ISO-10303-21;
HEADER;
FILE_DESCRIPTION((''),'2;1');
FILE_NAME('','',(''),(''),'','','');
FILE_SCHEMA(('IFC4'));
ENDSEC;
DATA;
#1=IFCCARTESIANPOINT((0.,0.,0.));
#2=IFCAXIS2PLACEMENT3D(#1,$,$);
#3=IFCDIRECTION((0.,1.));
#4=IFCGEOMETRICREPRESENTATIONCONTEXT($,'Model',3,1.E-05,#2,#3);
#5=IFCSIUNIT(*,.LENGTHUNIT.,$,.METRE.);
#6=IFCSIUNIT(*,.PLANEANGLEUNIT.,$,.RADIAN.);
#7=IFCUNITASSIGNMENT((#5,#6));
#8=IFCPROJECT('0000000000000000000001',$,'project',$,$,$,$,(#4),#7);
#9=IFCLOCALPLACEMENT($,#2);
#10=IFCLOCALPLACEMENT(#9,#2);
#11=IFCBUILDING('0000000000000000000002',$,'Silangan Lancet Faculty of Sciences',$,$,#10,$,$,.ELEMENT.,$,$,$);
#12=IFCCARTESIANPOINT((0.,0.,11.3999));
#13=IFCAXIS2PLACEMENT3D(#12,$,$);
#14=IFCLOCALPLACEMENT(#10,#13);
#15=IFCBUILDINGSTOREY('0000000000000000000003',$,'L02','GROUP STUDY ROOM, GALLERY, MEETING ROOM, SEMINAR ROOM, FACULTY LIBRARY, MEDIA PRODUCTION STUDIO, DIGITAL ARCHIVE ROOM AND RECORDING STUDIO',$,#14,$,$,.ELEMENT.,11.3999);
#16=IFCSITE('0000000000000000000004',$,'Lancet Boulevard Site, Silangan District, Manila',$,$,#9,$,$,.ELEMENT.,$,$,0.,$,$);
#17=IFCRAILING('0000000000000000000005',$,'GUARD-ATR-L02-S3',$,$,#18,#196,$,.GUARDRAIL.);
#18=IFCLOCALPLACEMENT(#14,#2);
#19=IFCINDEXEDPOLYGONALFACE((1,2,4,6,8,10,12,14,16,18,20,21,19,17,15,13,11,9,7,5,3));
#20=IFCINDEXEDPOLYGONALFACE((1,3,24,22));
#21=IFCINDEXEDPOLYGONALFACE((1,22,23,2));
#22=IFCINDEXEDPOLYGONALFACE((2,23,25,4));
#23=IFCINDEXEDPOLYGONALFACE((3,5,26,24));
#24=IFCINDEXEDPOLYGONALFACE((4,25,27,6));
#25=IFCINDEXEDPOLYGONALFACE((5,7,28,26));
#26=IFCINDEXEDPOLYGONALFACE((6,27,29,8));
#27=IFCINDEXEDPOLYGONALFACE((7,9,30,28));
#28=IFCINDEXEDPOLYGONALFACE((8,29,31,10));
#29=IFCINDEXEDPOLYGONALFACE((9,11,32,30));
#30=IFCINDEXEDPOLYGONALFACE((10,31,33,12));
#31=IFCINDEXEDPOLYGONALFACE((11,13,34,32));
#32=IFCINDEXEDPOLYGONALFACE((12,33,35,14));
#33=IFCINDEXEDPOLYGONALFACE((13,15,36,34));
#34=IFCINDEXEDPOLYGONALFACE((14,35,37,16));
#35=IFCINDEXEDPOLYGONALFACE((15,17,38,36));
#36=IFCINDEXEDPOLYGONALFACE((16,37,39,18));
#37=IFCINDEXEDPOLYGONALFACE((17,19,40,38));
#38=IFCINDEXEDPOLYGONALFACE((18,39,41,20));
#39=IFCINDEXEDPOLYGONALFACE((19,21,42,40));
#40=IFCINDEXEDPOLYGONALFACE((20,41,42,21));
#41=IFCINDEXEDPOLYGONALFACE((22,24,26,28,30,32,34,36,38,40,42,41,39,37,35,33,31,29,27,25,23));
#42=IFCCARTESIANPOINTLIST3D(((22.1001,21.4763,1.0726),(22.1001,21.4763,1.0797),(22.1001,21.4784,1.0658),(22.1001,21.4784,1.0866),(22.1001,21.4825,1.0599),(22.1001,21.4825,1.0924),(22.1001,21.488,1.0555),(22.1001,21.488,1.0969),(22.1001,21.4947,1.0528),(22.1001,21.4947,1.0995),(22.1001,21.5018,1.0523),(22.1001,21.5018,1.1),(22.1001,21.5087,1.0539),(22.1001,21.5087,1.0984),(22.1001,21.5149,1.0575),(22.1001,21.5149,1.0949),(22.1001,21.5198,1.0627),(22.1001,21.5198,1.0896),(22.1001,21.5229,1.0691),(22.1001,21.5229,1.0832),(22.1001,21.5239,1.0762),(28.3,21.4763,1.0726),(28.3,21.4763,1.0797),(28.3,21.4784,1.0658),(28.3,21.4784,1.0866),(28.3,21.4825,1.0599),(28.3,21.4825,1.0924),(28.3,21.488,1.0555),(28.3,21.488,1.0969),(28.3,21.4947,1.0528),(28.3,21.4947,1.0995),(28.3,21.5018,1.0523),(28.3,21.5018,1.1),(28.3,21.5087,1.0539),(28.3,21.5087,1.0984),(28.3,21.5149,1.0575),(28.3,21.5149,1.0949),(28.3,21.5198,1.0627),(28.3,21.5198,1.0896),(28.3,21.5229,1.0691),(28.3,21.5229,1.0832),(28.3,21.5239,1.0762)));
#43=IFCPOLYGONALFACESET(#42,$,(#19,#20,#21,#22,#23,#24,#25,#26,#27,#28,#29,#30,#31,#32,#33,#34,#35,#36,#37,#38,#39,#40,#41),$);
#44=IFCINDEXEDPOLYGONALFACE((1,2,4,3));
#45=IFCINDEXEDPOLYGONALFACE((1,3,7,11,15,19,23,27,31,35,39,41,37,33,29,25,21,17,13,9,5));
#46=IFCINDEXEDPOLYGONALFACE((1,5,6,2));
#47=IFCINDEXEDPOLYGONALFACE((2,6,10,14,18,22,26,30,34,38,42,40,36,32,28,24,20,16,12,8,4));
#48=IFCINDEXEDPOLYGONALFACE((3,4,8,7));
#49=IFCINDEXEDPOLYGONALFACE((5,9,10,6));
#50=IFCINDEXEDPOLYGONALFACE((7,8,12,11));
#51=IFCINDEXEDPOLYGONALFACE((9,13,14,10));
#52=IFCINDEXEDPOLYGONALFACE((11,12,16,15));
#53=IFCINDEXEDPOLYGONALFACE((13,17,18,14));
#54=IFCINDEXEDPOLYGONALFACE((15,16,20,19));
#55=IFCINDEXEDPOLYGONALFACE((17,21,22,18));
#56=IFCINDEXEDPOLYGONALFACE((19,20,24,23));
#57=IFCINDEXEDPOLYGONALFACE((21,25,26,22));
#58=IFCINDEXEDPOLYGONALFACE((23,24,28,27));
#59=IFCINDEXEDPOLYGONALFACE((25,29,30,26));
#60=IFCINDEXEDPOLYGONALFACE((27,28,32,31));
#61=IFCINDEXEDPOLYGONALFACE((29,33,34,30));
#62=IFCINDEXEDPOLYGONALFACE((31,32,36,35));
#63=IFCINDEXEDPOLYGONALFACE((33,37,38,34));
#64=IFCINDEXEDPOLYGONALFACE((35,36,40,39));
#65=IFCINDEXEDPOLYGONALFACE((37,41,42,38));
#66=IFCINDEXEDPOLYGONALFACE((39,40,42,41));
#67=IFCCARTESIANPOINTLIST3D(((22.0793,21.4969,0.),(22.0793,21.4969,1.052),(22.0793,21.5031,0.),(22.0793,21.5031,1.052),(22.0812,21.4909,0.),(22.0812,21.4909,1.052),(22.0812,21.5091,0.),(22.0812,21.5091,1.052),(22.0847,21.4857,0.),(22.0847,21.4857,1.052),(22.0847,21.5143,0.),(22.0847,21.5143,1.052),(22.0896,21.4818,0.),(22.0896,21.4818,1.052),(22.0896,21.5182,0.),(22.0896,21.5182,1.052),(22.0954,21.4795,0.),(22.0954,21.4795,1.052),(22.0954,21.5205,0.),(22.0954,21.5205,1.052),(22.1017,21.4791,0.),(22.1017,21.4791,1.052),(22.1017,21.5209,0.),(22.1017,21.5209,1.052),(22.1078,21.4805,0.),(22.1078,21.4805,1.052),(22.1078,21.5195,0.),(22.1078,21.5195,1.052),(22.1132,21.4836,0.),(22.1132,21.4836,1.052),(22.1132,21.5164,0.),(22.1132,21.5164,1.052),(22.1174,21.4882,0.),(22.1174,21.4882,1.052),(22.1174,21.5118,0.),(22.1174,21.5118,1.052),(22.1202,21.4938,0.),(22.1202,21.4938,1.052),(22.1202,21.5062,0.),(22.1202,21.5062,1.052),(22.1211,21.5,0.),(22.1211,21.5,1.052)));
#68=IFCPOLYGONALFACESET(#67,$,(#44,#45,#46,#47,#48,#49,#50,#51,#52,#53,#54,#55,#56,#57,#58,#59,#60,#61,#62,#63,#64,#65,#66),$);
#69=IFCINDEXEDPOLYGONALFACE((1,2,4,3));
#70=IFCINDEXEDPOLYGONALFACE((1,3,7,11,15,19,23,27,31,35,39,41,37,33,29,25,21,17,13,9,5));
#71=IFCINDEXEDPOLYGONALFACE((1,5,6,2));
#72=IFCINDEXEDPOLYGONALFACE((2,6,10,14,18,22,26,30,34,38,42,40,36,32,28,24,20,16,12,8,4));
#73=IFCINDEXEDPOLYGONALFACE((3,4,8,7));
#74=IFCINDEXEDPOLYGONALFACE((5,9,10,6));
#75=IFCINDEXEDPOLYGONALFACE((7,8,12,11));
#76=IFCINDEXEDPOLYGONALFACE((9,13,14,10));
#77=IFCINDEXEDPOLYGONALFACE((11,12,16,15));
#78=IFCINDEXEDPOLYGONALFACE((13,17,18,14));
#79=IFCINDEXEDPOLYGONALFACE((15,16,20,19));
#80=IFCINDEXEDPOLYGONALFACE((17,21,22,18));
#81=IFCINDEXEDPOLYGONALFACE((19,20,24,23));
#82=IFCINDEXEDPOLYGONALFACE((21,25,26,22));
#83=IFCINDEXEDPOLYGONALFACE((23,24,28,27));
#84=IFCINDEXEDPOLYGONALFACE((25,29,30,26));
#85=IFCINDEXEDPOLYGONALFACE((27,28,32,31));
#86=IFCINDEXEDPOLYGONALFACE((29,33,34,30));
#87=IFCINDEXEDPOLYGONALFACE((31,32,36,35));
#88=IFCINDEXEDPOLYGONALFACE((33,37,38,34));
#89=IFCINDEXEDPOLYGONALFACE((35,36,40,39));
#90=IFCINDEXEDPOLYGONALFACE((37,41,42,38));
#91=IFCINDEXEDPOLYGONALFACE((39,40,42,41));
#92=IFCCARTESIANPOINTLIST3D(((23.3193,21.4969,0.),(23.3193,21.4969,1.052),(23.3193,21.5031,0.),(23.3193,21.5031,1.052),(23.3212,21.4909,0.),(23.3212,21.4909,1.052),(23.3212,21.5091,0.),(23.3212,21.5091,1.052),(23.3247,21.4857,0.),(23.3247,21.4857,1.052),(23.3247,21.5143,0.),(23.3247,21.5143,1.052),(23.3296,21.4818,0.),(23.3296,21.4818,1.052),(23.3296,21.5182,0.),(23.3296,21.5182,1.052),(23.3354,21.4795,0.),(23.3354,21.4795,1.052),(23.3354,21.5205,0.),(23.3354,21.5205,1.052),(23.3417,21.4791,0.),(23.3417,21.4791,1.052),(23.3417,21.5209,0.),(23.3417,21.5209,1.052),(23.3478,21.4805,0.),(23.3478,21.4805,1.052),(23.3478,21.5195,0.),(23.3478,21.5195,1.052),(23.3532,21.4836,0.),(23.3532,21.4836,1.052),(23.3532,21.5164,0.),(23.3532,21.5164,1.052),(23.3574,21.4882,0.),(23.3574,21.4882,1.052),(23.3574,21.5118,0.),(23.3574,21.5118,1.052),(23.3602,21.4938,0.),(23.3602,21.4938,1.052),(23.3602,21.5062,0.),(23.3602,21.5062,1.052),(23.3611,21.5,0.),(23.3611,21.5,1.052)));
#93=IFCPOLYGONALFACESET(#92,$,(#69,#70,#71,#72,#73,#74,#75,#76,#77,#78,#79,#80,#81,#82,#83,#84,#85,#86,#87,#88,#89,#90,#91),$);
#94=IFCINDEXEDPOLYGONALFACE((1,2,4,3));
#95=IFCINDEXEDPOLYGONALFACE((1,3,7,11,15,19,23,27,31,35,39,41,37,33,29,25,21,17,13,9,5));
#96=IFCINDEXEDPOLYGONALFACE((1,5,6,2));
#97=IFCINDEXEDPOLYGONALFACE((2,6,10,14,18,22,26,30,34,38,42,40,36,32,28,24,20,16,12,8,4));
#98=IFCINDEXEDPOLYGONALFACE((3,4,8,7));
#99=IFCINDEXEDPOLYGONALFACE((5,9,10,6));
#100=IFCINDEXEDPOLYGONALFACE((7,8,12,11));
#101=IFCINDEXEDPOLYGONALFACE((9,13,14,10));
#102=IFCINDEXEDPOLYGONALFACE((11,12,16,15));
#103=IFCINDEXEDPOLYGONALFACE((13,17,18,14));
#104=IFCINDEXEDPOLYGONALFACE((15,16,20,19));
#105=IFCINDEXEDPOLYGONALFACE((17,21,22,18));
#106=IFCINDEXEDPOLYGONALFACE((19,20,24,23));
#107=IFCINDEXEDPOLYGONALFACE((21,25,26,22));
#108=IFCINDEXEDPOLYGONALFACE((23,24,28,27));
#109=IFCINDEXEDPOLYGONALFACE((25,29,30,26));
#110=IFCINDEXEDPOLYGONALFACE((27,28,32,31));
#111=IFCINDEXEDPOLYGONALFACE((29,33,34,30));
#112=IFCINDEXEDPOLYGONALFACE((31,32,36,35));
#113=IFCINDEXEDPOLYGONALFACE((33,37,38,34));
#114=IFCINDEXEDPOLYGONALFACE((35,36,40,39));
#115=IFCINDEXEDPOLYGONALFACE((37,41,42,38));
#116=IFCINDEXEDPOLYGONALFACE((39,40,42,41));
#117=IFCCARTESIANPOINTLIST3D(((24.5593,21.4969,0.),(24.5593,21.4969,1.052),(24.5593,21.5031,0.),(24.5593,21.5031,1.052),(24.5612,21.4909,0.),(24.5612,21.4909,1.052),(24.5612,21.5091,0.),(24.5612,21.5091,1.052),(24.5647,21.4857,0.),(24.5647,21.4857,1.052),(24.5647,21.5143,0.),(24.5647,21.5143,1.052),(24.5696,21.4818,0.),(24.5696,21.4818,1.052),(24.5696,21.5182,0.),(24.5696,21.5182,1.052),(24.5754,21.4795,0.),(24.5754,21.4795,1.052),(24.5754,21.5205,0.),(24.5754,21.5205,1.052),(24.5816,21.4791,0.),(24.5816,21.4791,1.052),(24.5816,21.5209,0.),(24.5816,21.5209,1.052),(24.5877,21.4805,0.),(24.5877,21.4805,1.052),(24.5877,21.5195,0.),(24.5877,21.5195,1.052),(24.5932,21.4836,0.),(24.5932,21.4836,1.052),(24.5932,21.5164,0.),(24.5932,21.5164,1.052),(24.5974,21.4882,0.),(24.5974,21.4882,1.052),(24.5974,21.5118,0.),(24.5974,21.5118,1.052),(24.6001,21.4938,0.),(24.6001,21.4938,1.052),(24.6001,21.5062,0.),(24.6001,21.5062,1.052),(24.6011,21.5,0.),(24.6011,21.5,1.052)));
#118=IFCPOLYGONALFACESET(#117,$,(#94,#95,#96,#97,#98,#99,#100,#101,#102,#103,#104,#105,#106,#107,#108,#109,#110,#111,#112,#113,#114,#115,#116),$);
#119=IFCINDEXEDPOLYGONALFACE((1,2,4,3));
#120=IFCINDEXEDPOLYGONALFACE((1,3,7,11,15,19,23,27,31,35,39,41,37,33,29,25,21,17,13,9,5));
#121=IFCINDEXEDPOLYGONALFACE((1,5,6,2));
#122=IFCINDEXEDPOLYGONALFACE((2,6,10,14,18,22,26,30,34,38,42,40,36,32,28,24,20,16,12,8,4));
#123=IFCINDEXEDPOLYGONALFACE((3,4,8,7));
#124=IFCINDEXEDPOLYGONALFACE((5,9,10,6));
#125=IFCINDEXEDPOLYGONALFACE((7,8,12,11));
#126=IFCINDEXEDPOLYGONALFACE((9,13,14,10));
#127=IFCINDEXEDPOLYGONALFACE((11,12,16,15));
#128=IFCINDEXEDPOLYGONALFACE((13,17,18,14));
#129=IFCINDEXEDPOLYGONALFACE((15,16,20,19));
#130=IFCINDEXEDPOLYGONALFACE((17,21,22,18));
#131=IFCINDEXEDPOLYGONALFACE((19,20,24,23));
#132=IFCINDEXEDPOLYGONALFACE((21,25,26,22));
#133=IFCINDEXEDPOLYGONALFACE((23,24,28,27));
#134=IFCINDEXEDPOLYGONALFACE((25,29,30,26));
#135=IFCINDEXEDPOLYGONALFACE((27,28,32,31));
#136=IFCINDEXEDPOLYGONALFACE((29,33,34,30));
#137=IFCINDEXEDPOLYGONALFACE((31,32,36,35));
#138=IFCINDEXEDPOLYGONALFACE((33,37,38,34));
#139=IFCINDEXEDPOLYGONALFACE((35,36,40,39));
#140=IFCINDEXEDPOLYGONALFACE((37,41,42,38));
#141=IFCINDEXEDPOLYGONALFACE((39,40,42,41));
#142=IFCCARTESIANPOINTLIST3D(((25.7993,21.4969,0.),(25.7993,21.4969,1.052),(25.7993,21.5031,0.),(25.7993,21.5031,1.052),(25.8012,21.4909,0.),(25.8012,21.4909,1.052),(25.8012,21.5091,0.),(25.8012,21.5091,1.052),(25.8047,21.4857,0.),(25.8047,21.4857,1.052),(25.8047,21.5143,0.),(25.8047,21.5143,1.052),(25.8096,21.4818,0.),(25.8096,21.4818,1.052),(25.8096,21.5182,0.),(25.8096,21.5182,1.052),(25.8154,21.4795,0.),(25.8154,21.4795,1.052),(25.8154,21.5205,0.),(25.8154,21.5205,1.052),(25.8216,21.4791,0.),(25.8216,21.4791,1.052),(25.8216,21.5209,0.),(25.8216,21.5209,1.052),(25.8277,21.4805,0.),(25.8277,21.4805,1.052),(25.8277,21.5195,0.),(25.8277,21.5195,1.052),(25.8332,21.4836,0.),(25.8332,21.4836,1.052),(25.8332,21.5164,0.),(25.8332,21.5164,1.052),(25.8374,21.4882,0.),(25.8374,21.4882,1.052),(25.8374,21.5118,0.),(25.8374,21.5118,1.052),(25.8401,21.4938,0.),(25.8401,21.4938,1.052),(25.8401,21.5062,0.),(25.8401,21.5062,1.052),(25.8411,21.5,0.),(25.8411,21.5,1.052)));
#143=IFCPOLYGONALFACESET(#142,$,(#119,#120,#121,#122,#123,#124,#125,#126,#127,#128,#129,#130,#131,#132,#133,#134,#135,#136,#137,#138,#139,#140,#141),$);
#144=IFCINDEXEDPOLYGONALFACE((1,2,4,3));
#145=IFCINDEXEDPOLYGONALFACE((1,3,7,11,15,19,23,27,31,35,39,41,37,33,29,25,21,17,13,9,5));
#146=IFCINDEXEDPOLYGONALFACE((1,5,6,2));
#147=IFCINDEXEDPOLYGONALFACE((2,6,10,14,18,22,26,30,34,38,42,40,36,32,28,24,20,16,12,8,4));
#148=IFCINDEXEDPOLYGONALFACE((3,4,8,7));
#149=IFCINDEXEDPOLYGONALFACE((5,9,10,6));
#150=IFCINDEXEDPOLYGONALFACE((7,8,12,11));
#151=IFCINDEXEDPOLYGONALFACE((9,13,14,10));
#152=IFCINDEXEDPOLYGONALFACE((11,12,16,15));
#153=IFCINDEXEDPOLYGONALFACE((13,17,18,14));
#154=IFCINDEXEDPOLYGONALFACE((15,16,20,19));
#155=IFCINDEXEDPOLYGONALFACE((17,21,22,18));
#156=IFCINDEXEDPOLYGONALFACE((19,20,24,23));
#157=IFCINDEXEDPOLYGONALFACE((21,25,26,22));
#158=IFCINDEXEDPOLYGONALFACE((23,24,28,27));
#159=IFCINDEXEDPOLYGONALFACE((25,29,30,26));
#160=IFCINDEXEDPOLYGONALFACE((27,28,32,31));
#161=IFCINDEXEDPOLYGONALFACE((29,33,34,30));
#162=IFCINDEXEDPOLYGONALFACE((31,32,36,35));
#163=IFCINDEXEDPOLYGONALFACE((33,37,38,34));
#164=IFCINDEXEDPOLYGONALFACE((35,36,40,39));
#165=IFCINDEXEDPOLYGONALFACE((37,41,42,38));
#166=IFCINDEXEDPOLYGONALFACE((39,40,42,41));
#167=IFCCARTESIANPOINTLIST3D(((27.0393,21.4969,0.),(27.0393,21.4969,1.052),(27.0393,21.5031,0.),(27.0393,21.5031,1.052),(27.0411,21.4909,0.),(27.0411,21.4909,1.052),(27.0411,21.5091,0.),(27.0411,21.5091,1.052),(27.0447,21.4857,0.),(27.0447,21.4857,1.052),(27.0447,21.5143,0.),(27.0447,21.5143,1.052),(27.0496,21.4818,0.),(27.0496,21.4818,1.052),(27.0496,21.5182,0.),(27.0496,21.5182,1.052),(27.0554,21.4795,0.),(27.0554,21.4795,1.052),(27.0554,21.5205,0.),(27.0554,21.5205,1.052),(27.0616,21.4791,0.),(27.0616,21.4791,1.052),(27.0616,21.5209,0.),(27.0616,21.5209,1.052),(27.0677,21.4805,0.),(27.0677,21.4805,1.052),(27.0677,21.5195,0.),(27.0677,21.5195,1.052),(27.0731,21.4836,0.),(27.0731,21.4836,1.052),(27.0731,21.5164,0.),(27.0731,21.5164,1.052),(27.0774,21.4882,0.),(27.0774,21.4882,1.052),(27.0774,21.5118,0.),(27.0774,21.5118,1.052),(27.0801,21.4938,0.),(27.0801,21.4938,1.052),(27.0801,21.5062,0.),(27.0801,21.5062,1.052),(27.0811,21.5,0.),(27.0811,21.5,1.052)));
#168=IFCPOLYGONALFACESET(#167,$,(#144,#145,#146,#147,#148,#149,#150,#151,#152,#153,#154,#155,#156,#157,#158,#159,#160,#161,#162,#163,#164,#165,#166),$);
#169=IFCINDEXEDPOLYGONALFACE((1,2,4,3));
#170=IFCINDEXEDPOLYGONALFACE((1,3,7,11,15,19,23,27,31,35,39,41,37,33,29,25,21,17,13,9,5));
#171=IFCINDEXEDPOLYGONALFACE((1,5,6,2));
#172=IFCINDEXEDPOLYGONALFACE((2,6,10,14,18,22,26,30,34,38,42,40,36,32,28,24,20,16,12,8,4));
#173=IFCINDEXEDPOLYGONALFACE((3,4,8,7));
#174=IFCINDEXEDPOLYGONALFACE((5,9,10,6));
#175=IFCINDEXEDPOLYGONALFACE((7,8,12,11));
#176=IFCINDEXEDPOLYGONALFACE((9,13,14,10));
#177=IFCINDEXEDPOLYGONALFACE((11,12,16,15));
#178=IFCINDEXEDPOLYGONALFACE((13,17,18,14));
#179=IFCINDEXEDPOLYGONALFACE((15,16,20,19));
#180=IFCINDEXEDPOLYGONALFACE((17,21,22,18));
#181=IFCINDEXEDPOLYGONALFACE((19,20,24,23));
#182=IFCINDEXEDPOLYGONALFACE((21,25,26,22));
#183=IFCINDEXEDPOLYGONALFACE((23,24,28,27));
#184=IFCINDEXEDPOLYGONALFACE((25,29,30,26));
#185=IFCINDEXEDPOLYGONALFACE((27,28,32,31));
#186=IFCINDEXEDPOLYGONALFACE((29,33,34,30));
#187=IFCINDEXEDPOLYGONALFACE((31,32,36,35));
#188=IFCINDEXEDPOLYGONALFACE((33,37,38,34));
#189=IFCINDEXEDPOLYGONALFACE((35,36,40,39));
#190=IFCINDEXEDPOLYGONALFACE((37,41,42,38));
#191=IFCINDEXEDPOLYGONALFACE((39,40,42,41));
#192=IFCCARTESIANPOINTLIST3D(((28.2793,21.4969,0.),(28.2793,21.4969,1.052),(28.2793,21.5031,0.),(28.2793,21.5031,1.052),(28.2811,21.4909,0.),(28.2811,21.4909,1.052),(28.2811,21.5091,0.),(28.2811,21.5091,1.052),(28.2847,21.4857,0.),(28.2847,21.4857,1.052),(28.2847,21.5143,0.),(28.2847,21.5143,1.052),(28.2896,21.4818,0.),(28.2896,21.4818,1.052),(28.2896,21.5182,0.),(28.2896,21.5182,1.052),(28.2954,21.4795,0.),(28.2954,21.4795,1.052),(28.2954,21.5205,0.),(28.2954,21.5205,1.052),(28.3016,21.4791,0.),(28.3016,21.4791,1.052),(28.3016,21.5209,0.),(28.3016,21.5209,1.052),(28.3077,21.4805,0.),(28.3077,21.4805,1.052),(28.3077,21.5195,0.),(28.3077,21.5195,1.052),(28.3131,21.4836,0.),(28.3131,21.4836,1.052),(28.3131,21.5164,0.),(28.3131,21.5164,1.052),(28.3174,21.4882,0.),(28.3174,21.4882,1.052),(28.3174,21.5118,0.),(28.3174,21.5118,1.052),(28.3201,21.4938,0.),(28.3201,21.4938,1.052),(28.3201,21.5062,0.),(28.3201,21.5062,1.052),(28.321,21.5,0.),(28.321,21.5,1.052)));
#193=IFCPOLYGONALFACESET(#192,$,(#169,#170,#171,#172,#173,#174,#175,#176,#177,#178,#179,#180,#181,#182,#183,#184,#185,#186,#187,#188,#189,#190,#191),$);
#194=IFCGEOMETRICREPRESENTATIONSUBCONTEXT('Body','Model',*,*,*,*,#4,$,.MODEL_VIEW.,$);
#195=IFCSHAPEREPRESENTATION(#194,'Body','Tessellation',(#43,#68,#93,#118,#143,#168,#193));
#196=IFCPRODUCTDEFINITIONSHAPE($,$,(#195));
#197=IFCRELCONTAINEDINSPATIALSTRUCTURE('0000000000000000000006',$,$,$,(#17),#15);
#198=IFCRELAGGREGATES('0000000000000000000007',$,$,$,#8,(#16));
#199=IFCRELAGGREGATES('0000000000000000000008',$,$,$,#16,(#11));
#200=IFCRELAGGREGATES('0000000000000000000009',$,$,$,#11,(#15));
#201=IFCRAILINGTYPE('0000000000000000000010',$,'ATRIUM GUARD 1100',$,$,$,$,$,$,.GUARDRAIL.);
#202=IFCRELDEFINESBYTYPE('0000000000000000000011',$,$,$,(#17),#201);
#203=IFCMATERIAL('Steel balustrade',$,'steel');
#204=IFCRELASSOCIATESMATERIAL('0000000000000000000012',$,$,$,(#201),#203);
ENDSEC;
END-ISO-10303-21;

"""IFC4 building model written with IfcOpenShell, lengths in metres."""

from ifc_helpers import new_model, si_unit, direction, frame, origin, origin_2d, place, context, subcontext, project, spatial, circle, extrude, material, type_object, element, save


model = new_model("IFC4")

# Units and contexts
model_context = context("Model", 3, precision=1e-05, world=origin(), true_north=direction((0.0, 1.0)))
body_context = subcontext(model_context, "Body", "Model", "MODEL_VIEW")
ifc_project = project(units=[si_unit("LENGTHUNIT", "METRE"), si_unit("PLANEANGLEUNIT", "RADIAN")], contexts=[model_context])

# Site, building, storey
site_placement = place(None, origin())
site = spatial("IfcSite", under=ifc_project, at=site_placement, Name="Lancet Boulevard Site, Silangan District, Manila", CompositionType="ELEMENT", RefElevation=0.0)
building_placement = place(site_placement, origin())
building = spatial("IfcBuilding", under=site, at=building_placement, Name="Silangan Lancet Faculty of Sciences", CompositionType="ELEMENT")
storey_placement = place(building_placement, frame((0.0, 0.0, 11.3999)))
storey = spatial("IfcBuildingStorey", under=building, at=storey_placement, Name="L02", Description="GROUP STUDY ROOM, GALLERY, MEETING ROOM, SEMINAR ROOM, FACULTY LIBRARY, MEDIA PRODUCTION STUDIO, DIGITAL ARCHIVE ROOM AND RECORDING STUDIO", CompositionType="ELEMENT", Elevation=11.3999)

# Railing
ifc_material_1 = material(Name="Steel balustrade", Category="steel")
railing_type = type_object("IfcRailingType", Name="ATRIUM GUARD 1100", PredefinedType="GUARDRAIL", material=ifc_material_1)
railing_placement = place(storey_placement, frame((22.1001, 21.5, 0.0)))
element("IfcRailing", 1, at=railing_placement, inside=storey, type_object=railing_type, Name="GUARD-ATR-L02-S3", PredefinedType="GUARDRAIL", context=body_context, shape_type="SweptSolid", body=[
    extrude(circle(Radius=0.0239, at=origin_2d()), frame((0.0, 0.0, 1.0762), z_axis=(1.0, 0.0, 0.0), x_axis=(0.0, 1.0, 0.0)), (0.0, 0.0, 1.0), 6.2),
    extrude(circle(Radius=0.021, at=origin_2d()), origin(), (0.0, 0.0, 1.0), 1.052),
    extrude(circle(Radius=0.021, at=origin_2d()), frame((1.24, 0.0, 0.0)), (0.0, 0.0, 1.0), 1.052),
    extrude(circle(Radius=0.021, at=origin_2d()), frame((2.48, 0.0, 0.0)), (0.0, 0.0, 1.0), 1.052),
    extrude(circle(Radius=0.021, at=origin_2d()), frame((3.72, 0.0, 0.0)), (0.0, 0.0, 1.0), 1.052),
    extrude(circle(Radius=0.021, at=origin_2d()), frame((4.96, 0.0, 0.0)), (0.0, 0.0, 1.0), 1.052),
    extrude(circle(Radius=0.021, at=origin_2d()), frame((6.2, 0.0, 0.0)), (0.0, 0.0, 1.0), 1.052),
])

save(model, "model.ifc")
